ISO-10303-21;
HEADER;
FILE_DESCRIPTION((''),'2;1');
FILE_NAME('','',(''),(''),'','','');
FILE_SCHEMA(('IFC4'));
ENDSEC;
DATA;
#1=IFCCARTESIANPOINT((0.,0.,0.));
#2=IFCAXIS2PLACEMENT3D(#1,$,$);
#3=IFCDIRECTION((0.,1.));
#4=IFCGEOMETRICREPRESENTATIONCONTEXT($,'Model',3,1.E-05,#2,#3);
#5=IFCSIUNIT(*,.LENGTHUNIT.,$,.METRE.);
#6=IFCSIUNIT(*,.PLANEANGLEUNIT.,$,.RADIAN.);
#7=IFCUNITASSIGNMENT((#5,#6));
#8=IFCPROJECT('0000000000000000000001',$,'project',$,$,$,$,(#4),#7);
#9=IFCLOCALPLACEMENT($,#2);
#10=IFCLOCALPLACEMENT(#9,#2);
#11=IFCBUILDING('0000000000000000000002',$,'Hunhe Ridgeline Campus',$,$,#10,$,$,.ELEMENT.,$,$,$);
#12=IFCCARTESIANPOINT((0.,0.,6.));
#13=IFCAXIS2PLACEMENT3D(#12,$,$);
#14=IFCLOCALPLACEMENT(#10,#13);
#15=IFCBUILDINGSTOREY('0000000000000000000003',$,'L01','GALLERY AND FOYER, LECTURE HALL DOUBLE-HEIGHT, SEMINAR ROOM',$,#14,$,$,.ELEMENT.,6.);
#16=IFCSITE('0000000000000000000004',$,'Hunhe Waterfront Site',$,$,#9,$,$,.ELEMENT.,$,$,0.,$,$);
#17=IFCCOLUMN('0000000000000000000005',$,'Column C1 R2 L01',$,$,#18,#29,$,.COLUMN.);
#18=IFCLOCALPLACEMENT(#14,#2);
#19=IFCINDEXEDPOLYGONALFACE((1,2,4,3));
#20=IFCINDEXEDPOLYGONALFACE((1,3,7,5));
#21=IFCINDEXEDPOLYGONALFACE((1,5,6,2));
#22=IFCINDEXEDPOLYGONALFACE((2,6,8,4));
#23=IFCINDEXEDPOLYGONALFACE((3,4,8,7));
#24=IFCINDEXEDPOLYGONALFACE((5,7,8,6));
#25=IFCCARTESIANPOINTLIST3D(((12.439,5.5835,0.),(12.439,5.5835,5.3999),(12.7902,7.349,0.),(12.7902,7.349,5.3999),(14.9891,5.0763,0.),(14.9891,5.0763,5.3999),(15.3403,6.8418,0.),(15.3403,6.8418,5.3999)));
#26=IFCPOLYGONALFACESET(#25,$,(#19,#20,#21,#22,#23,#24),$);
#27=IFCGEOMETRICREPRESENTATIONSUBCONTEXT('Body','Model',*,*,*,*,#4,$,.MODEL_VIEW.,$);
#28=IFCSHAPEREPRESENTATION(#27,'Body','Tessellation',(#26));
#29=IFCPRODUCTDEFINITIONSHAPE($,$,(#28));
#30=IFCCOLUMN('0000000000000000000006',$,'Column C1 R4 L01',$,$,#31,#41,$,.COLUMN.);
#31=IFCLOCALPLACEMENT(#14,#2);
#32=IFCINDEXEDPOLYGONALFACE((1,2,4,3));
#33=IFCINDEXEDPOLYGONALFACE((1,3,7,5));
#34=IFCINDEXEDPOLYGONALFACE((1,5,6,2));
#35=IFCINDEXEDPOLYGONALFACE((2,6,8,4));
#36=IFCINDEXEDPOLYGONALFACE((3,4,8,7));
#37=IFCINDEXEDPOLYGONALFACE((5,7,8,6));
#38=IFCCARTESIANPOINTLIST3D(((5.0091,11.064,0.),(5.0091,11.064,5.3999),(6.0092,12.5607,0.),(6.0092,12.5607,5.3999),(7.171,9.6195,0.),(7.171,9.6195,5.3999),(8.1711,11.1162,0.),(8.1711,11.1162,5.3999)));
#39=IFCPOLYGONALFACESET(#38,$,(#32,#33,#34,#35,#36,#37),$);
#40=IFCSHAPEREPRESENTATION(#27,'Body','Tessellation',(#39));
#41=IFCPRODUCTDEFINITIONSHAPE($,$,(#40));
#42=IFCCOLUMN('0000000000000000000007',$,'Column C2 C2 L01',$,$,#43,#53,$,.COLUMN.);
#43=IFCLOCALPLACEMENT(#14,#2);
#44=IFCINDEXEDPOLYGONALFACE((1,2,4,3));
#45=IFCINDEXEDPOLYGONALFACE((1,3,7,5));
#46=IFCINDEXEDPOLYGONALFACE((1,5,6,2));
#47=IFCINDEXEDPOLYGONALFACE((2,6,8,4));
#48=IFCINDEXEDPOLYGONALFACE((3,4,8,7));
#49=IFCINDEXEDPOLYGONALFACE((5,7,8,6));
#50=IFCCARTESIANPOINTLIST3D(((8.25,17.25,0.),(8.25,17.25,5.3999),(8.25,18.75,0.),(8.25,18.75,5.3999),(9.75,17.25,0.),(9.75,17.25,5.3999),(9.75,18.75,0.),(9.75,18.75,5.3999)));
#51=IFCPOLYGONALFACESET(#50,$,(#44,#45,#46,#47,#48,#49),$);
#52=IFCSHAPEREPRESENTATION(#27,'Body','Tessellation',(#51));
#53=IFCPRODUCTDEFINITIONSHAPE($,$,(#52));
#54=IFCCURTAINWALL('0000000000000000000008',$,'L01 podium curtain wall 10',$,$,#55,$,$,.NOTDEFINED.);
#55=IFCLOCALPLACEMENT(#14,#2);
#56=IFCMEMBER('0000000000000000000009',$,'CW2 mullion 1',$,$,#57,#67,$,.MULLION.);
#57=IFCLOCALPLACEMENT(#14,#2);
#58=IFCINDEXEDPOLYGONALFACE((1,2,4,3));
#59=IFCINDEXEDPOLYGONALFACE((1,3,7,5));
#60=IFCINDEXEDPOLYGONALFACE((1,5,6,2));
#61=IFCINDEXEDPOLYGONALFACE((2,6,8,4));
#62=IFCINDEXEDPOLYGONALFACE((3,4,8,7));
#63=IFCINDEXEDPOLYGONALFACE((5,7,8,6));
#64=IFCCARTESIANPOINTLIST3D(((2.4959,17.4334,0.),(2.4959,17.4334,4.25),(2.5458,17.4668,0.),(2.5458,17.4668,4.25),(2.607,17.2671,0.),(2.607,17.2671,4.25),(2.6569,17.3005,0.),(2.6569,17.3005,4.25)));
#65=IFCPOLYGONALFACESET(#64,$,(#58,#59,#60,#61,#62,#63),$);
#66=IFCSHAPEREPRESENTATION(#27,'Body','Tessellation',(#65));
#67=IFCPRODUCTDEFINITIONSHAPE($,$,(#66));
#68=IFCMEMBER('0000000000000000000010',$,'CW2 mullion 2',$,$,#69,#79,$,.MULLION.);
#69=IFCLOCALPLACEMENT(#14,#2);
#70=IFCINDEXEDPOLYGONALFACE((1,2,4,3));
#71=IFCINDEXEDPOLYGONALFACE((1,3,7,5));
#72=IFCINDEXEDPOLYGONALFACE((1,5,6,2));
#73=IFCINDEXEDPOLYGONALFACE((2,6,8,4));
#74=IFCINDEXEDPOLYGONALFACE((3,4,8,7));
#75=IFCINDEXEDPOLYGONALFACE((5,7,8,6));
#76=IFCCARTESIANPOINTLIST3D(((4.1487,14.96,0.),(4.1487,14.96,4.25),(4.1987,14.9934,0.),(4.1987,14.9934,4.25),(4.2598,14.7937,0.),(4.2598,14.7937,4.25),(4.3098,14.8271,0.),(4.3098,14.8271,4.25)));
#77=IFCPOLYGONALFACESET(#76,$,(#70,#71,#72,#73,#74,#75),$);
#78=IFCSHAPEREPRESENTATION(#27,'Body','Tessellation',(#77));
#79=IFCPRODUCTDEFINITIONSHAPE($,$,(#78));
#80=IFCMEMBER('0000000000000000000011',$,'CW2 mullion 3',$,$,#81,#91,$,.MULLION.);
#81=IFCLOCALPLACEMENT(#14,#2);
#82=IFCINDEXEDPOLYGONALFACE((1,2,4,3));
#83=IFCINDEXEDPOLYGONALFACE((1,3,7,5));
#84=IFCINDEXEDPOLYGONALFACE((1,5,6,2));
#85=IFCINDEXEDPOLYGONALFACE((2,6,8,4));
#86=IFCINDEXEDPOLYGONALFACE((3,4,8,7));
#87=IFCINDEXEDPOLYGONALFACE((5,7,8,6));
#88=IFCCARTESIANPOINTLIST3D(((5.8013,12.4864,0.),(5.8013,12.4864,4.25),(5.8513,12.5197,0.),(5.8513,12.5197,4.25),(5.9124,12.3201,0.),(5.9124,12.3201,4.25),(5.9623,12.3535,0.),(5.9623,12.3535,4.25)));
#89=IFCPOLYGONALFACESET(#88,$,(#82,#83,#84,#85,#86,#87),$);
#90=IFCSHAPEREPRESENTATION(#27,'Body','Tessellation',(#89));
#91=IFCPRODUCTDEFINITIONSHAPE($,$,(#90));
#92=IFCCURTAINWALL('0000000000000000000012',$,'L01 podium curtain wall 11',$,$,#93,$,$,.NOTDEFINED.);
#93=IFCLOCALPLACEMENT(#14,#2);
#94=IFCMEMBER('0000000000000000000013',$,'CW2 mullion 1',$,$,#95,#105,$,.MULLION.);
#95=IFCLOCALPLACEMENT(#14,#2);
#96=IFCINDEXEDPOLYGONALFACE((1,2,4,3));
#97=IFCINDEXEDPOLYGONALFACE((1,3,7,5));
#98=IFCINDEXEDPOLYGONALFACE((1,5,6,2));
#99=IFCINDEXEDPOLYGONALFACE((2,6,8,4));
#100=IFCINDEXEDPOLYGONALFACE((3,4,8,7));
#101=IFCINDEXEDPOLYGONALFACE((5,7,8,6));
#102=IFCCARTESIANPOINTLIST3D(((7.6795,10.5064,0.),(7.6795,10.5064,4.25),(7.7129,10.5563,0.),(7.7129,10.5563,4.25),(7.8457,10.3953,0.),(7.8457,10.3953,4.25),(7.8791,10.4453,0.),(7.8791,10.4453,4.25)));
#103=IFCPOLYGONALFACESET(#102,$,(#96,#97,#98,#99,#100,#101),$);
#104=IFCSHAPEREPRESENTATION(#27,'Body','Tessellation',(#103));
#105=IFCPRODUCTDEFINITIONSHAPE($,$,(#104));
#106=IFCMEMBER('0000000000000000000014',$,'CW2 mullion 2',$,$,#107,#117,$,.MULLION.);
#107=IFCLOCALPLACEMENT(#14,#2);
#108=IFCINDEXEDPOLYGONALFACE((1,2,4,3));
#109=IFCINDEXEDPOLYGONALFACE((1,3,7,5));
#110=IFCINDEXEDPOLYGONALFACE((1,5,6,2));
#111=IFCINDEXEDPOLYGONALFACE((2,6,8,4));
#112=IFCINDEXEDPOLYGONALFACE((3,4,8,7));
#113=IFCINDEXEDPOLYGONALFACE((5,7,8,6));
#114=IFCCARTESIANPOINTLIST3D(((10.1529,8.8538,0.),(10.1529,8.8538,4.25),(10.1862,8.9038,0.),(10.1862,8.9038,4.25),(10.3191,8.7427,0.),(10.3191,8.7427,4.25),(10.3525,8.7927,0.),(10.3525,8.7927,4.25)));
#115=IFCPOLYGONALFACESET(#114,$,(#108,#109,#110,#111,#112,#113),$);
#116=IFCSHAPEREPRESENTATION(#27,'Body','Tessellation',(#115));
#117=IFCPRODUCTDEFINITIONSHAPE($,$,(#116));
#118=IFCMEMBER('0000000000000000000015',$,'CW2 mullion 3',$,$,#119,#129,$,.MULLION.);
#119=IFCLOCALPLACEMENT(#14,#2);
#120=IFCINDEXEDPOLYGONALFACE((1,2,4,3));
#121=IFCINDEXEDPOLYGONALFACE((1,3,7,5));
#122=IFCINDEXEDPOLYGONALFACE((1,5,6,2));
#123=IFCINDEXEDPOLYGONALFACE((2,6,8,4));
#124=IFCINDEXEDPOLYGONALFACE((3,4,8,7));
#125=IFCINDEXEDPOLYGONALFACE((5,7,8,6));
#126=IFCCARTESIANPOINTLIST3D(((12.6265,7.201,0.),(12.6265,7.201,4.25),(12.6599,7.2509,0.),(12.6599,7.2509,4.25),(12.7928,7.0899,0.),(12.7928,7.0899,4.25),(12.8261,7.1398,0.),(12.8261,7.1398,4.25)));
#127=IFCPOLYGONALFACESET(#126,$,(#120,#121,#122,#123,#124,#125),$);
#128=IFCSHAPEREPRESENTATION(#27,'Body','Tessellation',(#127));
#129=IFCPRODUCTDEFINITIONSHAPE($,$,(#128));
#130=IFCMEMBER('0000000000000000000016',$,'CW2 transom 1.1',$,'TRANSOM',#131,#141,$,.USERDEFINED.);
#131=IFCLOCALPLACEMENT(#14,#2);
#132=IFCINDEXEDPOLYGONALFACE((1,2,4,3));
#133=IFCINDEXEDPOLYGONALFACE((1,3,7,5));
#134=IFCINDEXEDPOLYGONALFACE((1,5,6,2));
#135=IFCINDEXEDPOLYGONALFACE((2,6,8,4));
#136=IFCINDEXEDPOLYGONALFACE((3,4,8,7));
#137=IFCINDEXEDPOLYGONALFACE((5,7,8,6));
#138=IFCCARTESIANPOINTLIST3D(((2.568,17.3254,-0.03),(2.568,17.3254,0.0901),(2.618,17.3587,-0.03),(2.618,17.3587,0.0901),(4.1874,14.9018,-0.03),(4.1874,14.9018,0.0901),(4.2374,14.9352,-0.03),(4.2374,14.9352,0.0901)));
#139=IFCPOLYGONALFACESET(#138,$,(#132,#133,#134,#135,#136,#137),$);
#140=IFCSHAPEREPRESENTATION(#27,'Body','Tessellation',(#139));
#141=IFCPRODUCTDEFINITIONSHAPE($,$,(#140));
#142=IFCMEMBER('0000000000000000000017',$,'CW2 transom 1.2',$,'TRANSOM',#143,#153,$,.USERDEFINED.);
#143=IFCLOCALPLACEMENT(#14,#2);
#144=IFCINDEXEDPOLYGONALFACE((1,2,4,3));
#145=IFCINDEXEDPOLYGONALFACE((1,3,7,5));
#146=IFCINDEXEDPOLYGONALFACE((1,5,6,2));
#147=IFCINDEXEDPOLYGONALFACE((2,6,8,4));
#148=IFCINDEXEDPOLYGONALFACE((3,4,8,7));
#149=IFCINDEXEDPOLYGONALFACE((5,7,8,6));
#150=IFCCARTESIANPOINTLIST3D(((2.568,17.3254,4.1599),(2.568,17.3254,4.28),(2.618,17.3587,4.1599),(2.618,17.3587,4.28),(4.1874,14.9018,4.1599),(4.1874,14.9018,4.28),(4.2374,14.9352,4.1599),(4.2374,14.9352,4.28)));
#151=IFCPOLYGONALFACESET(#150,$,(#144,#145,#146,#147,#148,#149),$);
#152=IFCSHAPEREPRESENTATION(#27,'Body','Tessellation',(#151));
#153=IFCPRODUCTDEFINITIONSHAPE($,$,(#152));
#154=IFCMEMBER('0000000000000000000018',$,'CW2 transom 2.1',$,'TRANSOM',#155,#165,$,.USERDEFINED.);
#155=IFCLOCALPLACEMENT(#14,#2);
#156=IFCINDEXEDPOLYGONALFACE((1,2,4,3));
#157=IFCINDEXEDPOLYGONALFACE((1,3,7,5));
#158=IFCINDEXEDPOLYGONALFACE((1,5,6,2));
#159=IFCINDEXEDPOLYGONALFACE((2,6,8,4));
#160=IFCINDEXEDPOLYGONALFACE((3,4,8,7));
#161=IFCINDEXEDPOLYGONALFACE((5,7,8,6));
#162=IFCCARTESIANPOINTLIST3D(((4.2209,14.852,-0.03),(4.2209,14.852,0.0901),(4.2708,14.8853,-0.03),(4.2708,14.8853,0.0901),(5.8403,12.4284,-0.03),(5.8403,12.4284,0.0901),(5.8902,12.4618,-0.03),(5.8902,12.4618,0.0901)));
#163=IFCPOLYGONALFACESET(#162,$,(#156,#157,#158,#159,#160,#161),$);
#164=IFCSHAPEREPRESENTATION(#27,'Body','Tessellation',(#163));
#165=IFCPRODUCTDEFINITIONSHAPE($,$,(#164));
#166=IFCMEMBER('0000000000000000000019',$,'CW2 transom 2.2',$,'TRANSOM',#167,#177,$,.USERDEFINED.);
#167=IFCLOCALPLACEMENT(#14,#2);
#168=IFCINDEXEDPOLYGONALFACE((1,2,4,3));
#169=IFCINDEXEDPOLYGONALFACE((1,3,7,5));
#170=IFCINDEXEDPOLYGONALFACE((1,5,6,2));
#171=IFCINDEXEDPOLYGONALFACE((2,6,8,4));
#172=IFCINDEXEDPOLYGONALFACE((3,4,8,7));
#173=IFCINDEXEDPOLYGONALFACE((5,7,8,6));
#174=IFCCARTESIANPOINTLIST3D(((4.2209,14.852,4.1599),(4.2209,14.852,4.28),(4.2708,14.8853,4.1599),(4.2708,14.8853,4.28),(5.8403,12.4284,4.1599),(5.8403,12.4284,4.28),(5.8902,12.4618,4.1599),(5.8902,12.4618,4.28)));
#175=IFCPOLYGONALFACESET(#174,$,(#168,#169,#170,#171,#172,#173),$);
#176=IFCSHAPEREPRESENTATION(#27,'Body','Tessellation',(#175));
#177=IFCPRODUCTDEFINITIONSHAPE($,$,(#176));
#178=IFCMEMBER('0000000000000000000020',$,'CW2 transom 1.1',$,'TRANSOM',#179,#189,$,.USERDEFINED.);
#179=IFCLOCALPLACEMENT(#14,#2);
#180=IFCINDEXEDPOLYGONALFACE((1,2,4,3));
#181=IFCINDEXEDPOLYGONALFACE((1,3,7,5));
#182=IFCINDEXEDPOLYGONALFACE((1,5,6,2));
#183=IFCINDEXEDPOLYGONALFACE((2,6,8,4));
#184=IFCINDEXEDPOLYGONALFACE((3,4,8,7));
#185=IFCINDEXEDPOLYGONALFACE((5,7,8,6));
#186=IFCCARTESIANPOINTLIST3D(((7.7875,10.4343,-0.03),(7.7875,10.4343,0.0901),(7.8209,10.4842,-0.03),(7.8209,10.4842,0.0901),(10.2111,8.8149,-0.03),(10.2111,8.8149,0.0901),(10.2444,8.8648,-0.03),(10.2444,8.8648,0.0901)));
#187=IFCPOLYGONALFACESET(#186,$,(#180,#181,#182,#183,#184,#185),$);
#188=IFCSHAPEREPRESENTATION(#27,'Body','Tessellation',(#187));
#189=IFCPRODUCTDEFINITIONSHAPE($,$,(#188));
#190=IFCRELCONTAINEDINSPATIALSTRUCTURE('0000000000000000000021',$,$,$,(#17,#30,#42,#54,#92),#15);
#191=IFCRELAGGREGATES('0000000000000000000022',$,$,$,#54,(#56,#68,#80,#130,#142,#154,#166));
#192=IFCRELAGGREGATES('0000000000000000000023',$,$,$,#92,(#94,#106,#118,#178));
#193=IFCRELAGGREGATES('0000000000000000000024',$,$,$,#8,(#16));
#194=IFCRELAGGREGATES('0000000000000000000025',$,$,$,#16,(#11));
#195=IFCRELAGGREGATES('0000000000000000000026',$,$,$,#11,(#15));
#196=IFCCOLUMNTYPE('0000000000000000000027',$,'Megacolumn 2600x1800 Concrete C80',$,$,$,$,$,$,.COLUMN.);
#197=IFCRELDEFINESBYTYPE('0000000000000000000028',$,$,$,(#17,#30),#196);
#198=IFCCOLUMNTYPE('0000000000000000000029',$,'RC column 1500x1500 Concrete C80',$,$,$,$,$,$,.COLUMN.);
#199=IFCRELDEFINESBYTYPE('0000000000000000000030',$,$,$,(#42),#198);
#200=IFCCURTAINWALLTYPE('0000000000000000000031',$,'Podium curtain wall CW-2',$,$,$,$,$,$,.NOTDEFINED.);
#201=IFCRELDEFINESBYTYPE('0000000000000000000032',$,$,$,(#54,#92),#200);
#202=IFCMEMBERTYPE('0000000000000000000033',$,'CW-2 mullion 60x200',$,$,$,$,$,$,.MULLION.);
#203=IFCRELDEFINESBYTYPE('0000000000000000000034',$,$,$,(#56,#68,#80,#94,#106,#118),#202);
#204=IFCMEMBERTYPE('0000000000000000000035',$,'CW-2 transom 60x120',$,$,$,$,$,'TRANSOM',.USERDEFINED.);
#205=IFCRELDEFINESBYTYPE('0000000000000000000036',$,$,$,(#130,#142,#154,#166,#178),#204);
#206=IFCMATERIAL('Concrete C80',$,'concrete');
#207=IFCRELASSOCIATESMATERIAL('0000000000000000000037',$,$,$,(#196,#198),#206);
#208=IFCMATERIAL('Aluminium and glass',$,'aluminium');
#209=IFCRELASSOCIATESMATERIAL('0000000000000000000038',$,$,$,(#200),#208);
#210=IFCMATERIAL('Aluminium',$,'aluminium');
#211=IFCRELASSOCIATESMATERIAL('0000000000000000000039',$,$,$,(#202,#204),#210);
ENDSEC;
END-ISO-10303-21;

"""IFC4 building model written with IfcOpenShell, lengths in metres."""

from ifc_helpers import new_model, si_unit, direction, frame, origin, origin_2d, place, context, subcontext, project, spatial, rectangle, extrude, material, material_profile, profile_set, type_object, element, aggregate, save


model = new_model("IFC4")

# Units and contexts
model_context = context("Model", 3, precision=1e-05, world=origin(), true_north=direction((0.0, 1.0)))
body_context = subcontext(model_context, "Body", "Model", "MODEL_VIEW")
ifc_project = project(units=[si_unit("LENGTHUNIT", "METRE"), si_unit("PLANEANGLEUNIT", "RADIAN")], contexts=[model_context])

# Site, building, storey
site_placement = place(None, origin())
site = spatial("IfcSite", under=ifc_project, at=site_placement, Name="Hunhe Waterfront Site", CompositionType="ELEMENT", RefElevation=0.0)
building_placement = place(site_placement, origin())
building = spatial("IfcBuilding", under=site, at=building_placement, Name="Hunhe Ridgeline Campus", CompositionType="ELEMENT")
storey_placement = place(building_placement, frame((0.0, 0.0, 6.0)))
storey = spatial("IfcBuildingStorey", under=building, at=storey_placement, Name="L01", Description="GALLERY AND FOYER, LECTURE HALL DOUBLE-HEIGHT, SEMINAR ROOM", CompositionType="ELEMENT", Elevation=6.0)

# Columns
ifc_material_1 = material(Name="Concrete C80", Category="concrete")
ifc_material_profile_1 = material_profile(ifc_material_1, rectangle(XDim=2.6001, YDim=1.8, at=origin_2d()))
ifc_profile_set_1 = profile_set([ifc_material_profile_1], Name="Concrete C80")
column_type_1 = type_object("IfcColumnType", Name="Megacolumn 2600x1800 Concrete C80", PredefinedType="COLUMN", material=ifc_profile_set_1)
for number, where, z_axis, x_axis, name in (
    (1, (13.8896, 6.2126, 0.0), (0.0, 0.0, 1.0), (-0.980785, 0.19509, 0.0), "Column C1 R2 L01"),
    (2, (6.5901, 11.0901, 0.0), (0.0, 0.0, 1.0), (-0.83147, 0.55557, 0.0), "Column C1 R4 L01"),
):
    element("IfcColumn", number, at=place(storey_placement, frame(where, z_axis=z_axis, x_axis=x_axis)), inside=storey, type_object=column_type_1, Name=name, PredefinedType="COLUMN", context=body_context, shape_type="SweptSolid", body=[
        extrude(rectangle(XDim=2.6001, YDim=1.8, at=origin_2d()), origin(), (0.0, 0.0, 1.0), 5.3999),
    ])
ifc_material_profile_2 = material_profile(ifc_material_1, rectangle(XDim=1.5, YDim=1.5, at=origin_2d()))
ifc_profile_set_2 = profile_set([ifc_material_profile_2], Name="Concrete C80")
column_type_2 = type_object("IfcColumnType", Name="RC column 1500x1500 Concrete C80", PredefinedType="COLUMN", material=ifc_profile_set_2)
column_placement = place(storey_placement, frame((9.0, 18.0, 0.0), z_axis=(0.0, 0.0, 1.0), x_axis=(1.0, 0.0, 0.0)))
element("IfcColumn", 3, at=column_placement, inside=storey, type_object=column_type_2, Name="Column C2 C2 L01", PredefinedType="COLUMN", context=body_context, shape_type="SweptSolid", body=[
    extrude(rectangle(XDim=1.5, YDim=1.5, at=origin_2d()), origin(), (0.0, 0.0, 1.0), 5.3999),
])

# Curtain walls, members
ifc_material_2 = material(Name="Aluminium and glass", Category="aluminium")
curtain_wall_type = type_object("IfcCurtainWallType", Name="Podium curtain wall CW-2", PredefinedType="NOTDEFINED", material=ifc_material_2)
curtain_wall_1_placement = place(storey_placement, origin())
curtain_wall_1 = element("IfcCurtainWall", 4, at=curtain_wall_1_placement, inside=storey, type_object=curtain_wall_type, Name="L01 podium curtain wall 10", PredefinedType="NOTDEFINED")
ifc_material_3 = material(Name="Aluminium", Category="aluminium")
ifc_material_profile_3 = material_profile(ifc_material_3, rectangle(XDim=0.0601, YDim=0.2, at=origin_2d()))
ifc_profile_set_3 = profile_set([ifc_material_profile_3], Name="Aluminium")
member_type_1 = type_object("IfcMemberType", Name="CW-2 mullion 60x200", PredefinedType="MULLION", material=ifc_profile_set_3)
member_1_placement = place(storey_placement, frame((2.5764, 17.3669, 0.0), z_axis=(0.0, 0.0, 1.0), x_axis=(0.831464, 0.555579, 0.0)))
member_1 = element("IfcMember", 5, at=member_1_placement, type_object=member_type_1, Name="CW2 mullion 1", PredefinedType="MULLION", context=body_context, shape_type="SweptSolid", body=[
    extrude(rectangle(XDim=0.0601, YDim=0.2, at=origin_2d()), origin(), (0.0, 0.0, 1.0), 4.25),
])
member_2_placement = place(storey_placement, frame((4.2292, 14.8936, 0.0), z_axis=(0.0, 0.0, 1.0), x_axis=(0.831464, 0.555579, 0.0)))
member_2 = element("IfcMember", 6, at=member_2_placement, type_object=member_type_1, Name="CW2 mullion 2", PredefinedType="MULLION", context=body_context, shape_type="SweptSolid", body=[
    extrude(rectangle(XDim=0.0601, YDim=0.2, at=origin_2d()), origin(), (0.0, 0.0, 1.0), 4.25),
])
member_3_placement = place(storey_placement, frame((5.8818, 12.4199, 0.0), z_axis=(0.0, 0.0, 1.0), x_axis=(0.831464, 0.555579, 0.0)))
member_3 = element("IfcMember", 7, at=member_3_placement, type_object=member_type_1, Name="CW2 mullion 3", PredefinedType="MULLION", context=body_context, shape_type="SweptSolid", body=[
    extrude(rectangle(XDim=0.0601, YDim=0.2, at=origin_2d()), origin(), (0.0, 0.0, 1.0), 4.25),
])
curtain_wall_2_placement = place(storey_placement, origin())
curtain_wall_2 = element("IfcCurtainWall", 8, at=curtain_wall_2_placement, inside=storey, type_object=curtain_wall_type, Name="L01 podium curtain wall 11", PredefinedType="NOTDEFINED")
member_4_placement = place(storey_placement, frame((7.7793, 10.4758, 0.0), z_axis=(0.0, 0.0, 1.0), x_axis=(0.555572, 0.831469, 0.0)))
member_4 = element("IfcMember", 9, at=member_4_placement, type_object=member_type_1, Name="CW2 mullion 1", PredefinedType="MULLION", context=body_context, shape_type="SweptSolid", body=[
    extrude(rectangle(XDim=0.0601, YDim=0.2, at=origin_2d()), origin(), (0.0, 0.0, 1.0), 4.25),
])
member_5_placement = place(storey_placement, frame((10.2527, 8.8232, 0.0), z_axis=(0.0, 0.0, 1.0), x_axis=(0.555572, 0.831469, 0.0)))
member_5 = element("IfcMember", 10, at=member_5_placement, type_object=member_type_1, Name="CW2 mullion 2", PredefinedType="MULLION", context=body_context, shape_type="SweptSolid", body=[
    extrude(rectangle(XDim=0.0601, YDim=0.2, at=origin_2d()), origin(), (0.0, 0.0, 1.0), 4.25),
])
member_6_placement = place(storey_placement, frame((12.7263, 7.1704, 0.0), z_axis=(0.0, 0.0, 1.0), x_axis=(0.555572, 0.831469, 0.0)))
member_6 = element("IfcMember", 11, at=member_6_placement, type_object=member_type_1, Name="CW2 mullion 3", PredefinedType="MULLION", context=body_context, shape_type="SweptSolid", body=[
    extrude(rectangle(XDim=0.0601, YDim=0.2, at=origin_2d()), origin(), (0.0, 0.0, 1.0), 4.25),
])

# Members
ifc_material_profile_4 = material_profile(ifc_material_3, rectangle(XDim=0.0601, YDim=0.1201, at=origin_2d()))
ifc_profile_set_4 = profile_set([ifc_material_profile_4], Name="Aluminium")
member_type_2 = type_object("IfcMemberType", Name="CW-2 transom 60x120", ElementType="TRANSOM", PredefinedType="USERDEFINED", material=ifc_profile_set_4)
member_7_placement = place(storey_placement, frame((2.593, 17.342, 0.03), z_axis=(0.55557, -0.83147, 0.0), x_axis=(0.83147, 0.55557, 0.0)))
member_7 = element("IfcMember", 12, at=member_7_placement, type_object=member_type_2, Name="CW2 transom 1.1", ObjectType="TRANSOM", PredefinedType="USERDEFINED", context=body_context, shape_type="SweptSolid", body=[
    extrude(rectangle(XDim=0.0601, YDim=0.1201, at=origin_2d()), origin(), (0.0, 0.0, 1.0), 2.9148),
])
member_8_placement = place(storey_placement, frame((2.593, 17.342, 4.22), z_axis=(0.55557, -0.83147, 0.0), x_axis=(0.83147, 0.55557, 0.0)))
member_8 = element("IfcMember", 13, at=member_8_placement, type_object=member_type_2, Name="CW2 transom 1.2", ObjectType="TRANSOM", PredefinedType="USERDEFINED", context=body_context, shape_type="SweptSolid", body=[
    extrude(rectangle(XDim=0.0601, YDim=0.1201, at=origin_2d()), origin(), (0.0, 0.0, 1.0), 2.9148),
])
member_9_placement = place(storey_placement, frame((4.2458, 14.8687, 0.03), z_axis=(0.55557, -0.83147, 0.0), x_axis=(0.83147, 0.55557, 0.0)))
member_9 = element("IfcMember", 14, at=member_9_placement, type_object=member_type_2, Name="CW2 transom 2.1", ObjectType="TRANSOM", PredefinedType="USERDEFINED", context=body_context, shape_type="SweptSolid", body=[
    extrude(rectangle(XDim=0.0601, YDim=0.1201, at=origin_2d()), origin(), (0.0, 0.0, 1.0), 2.9148),
])
member_10_placement = place(storey_placement, frame((4.2458, 14.8687, 4.22), z_axis=(0.55557, -0.83147, 0.0), x_axis=(0.83147, 0.55557, 0.0)))
member_10 = element("IfcMember", 15, at=member_10_placement, type_object=member_type_2, Name="CW2 transom 2.2", ObjectType="TRANSOM", PredefinedType="USERDEFINED", context=body_context, shape_type="SweptSolid", body=[
    extrude(rectangle(XDim=0.0601, YDim=0.1201, at=origin_2d()), origin(), (0.0, 0.0, 1.0), 2.9148),
])
member_11_placement = place(storey_placement, frame((7.8042, 10.4592, 0.03), z_axis=(0.83147, -0.55557, 0.0), x_axis=(0.55557, 0.83147, 0.0)))
member_11 = element("IfcMember", 16, at=member_11_placement, type_object=member_type_2, Name="CW2 transom 1.1", ObjectType="TRANSOM", PredefinedType="USERDEFINED", context=body_context, shape_type="SweptSolid", body=[
    extrude(rectangle(XDim=0.0601, YDim=0.1201, at=origin_2d()), origin(), (0.0, 0.0, 1.0), 2.9148),
])

aggregate(curtain_wall_1, [member_1, member_2, member_3, member_7, member_8, member_9, member_10])
aggregate(curtain_wall_2, [member_4, member_5, member_6, member_11])

save(model, "model.ifc")
